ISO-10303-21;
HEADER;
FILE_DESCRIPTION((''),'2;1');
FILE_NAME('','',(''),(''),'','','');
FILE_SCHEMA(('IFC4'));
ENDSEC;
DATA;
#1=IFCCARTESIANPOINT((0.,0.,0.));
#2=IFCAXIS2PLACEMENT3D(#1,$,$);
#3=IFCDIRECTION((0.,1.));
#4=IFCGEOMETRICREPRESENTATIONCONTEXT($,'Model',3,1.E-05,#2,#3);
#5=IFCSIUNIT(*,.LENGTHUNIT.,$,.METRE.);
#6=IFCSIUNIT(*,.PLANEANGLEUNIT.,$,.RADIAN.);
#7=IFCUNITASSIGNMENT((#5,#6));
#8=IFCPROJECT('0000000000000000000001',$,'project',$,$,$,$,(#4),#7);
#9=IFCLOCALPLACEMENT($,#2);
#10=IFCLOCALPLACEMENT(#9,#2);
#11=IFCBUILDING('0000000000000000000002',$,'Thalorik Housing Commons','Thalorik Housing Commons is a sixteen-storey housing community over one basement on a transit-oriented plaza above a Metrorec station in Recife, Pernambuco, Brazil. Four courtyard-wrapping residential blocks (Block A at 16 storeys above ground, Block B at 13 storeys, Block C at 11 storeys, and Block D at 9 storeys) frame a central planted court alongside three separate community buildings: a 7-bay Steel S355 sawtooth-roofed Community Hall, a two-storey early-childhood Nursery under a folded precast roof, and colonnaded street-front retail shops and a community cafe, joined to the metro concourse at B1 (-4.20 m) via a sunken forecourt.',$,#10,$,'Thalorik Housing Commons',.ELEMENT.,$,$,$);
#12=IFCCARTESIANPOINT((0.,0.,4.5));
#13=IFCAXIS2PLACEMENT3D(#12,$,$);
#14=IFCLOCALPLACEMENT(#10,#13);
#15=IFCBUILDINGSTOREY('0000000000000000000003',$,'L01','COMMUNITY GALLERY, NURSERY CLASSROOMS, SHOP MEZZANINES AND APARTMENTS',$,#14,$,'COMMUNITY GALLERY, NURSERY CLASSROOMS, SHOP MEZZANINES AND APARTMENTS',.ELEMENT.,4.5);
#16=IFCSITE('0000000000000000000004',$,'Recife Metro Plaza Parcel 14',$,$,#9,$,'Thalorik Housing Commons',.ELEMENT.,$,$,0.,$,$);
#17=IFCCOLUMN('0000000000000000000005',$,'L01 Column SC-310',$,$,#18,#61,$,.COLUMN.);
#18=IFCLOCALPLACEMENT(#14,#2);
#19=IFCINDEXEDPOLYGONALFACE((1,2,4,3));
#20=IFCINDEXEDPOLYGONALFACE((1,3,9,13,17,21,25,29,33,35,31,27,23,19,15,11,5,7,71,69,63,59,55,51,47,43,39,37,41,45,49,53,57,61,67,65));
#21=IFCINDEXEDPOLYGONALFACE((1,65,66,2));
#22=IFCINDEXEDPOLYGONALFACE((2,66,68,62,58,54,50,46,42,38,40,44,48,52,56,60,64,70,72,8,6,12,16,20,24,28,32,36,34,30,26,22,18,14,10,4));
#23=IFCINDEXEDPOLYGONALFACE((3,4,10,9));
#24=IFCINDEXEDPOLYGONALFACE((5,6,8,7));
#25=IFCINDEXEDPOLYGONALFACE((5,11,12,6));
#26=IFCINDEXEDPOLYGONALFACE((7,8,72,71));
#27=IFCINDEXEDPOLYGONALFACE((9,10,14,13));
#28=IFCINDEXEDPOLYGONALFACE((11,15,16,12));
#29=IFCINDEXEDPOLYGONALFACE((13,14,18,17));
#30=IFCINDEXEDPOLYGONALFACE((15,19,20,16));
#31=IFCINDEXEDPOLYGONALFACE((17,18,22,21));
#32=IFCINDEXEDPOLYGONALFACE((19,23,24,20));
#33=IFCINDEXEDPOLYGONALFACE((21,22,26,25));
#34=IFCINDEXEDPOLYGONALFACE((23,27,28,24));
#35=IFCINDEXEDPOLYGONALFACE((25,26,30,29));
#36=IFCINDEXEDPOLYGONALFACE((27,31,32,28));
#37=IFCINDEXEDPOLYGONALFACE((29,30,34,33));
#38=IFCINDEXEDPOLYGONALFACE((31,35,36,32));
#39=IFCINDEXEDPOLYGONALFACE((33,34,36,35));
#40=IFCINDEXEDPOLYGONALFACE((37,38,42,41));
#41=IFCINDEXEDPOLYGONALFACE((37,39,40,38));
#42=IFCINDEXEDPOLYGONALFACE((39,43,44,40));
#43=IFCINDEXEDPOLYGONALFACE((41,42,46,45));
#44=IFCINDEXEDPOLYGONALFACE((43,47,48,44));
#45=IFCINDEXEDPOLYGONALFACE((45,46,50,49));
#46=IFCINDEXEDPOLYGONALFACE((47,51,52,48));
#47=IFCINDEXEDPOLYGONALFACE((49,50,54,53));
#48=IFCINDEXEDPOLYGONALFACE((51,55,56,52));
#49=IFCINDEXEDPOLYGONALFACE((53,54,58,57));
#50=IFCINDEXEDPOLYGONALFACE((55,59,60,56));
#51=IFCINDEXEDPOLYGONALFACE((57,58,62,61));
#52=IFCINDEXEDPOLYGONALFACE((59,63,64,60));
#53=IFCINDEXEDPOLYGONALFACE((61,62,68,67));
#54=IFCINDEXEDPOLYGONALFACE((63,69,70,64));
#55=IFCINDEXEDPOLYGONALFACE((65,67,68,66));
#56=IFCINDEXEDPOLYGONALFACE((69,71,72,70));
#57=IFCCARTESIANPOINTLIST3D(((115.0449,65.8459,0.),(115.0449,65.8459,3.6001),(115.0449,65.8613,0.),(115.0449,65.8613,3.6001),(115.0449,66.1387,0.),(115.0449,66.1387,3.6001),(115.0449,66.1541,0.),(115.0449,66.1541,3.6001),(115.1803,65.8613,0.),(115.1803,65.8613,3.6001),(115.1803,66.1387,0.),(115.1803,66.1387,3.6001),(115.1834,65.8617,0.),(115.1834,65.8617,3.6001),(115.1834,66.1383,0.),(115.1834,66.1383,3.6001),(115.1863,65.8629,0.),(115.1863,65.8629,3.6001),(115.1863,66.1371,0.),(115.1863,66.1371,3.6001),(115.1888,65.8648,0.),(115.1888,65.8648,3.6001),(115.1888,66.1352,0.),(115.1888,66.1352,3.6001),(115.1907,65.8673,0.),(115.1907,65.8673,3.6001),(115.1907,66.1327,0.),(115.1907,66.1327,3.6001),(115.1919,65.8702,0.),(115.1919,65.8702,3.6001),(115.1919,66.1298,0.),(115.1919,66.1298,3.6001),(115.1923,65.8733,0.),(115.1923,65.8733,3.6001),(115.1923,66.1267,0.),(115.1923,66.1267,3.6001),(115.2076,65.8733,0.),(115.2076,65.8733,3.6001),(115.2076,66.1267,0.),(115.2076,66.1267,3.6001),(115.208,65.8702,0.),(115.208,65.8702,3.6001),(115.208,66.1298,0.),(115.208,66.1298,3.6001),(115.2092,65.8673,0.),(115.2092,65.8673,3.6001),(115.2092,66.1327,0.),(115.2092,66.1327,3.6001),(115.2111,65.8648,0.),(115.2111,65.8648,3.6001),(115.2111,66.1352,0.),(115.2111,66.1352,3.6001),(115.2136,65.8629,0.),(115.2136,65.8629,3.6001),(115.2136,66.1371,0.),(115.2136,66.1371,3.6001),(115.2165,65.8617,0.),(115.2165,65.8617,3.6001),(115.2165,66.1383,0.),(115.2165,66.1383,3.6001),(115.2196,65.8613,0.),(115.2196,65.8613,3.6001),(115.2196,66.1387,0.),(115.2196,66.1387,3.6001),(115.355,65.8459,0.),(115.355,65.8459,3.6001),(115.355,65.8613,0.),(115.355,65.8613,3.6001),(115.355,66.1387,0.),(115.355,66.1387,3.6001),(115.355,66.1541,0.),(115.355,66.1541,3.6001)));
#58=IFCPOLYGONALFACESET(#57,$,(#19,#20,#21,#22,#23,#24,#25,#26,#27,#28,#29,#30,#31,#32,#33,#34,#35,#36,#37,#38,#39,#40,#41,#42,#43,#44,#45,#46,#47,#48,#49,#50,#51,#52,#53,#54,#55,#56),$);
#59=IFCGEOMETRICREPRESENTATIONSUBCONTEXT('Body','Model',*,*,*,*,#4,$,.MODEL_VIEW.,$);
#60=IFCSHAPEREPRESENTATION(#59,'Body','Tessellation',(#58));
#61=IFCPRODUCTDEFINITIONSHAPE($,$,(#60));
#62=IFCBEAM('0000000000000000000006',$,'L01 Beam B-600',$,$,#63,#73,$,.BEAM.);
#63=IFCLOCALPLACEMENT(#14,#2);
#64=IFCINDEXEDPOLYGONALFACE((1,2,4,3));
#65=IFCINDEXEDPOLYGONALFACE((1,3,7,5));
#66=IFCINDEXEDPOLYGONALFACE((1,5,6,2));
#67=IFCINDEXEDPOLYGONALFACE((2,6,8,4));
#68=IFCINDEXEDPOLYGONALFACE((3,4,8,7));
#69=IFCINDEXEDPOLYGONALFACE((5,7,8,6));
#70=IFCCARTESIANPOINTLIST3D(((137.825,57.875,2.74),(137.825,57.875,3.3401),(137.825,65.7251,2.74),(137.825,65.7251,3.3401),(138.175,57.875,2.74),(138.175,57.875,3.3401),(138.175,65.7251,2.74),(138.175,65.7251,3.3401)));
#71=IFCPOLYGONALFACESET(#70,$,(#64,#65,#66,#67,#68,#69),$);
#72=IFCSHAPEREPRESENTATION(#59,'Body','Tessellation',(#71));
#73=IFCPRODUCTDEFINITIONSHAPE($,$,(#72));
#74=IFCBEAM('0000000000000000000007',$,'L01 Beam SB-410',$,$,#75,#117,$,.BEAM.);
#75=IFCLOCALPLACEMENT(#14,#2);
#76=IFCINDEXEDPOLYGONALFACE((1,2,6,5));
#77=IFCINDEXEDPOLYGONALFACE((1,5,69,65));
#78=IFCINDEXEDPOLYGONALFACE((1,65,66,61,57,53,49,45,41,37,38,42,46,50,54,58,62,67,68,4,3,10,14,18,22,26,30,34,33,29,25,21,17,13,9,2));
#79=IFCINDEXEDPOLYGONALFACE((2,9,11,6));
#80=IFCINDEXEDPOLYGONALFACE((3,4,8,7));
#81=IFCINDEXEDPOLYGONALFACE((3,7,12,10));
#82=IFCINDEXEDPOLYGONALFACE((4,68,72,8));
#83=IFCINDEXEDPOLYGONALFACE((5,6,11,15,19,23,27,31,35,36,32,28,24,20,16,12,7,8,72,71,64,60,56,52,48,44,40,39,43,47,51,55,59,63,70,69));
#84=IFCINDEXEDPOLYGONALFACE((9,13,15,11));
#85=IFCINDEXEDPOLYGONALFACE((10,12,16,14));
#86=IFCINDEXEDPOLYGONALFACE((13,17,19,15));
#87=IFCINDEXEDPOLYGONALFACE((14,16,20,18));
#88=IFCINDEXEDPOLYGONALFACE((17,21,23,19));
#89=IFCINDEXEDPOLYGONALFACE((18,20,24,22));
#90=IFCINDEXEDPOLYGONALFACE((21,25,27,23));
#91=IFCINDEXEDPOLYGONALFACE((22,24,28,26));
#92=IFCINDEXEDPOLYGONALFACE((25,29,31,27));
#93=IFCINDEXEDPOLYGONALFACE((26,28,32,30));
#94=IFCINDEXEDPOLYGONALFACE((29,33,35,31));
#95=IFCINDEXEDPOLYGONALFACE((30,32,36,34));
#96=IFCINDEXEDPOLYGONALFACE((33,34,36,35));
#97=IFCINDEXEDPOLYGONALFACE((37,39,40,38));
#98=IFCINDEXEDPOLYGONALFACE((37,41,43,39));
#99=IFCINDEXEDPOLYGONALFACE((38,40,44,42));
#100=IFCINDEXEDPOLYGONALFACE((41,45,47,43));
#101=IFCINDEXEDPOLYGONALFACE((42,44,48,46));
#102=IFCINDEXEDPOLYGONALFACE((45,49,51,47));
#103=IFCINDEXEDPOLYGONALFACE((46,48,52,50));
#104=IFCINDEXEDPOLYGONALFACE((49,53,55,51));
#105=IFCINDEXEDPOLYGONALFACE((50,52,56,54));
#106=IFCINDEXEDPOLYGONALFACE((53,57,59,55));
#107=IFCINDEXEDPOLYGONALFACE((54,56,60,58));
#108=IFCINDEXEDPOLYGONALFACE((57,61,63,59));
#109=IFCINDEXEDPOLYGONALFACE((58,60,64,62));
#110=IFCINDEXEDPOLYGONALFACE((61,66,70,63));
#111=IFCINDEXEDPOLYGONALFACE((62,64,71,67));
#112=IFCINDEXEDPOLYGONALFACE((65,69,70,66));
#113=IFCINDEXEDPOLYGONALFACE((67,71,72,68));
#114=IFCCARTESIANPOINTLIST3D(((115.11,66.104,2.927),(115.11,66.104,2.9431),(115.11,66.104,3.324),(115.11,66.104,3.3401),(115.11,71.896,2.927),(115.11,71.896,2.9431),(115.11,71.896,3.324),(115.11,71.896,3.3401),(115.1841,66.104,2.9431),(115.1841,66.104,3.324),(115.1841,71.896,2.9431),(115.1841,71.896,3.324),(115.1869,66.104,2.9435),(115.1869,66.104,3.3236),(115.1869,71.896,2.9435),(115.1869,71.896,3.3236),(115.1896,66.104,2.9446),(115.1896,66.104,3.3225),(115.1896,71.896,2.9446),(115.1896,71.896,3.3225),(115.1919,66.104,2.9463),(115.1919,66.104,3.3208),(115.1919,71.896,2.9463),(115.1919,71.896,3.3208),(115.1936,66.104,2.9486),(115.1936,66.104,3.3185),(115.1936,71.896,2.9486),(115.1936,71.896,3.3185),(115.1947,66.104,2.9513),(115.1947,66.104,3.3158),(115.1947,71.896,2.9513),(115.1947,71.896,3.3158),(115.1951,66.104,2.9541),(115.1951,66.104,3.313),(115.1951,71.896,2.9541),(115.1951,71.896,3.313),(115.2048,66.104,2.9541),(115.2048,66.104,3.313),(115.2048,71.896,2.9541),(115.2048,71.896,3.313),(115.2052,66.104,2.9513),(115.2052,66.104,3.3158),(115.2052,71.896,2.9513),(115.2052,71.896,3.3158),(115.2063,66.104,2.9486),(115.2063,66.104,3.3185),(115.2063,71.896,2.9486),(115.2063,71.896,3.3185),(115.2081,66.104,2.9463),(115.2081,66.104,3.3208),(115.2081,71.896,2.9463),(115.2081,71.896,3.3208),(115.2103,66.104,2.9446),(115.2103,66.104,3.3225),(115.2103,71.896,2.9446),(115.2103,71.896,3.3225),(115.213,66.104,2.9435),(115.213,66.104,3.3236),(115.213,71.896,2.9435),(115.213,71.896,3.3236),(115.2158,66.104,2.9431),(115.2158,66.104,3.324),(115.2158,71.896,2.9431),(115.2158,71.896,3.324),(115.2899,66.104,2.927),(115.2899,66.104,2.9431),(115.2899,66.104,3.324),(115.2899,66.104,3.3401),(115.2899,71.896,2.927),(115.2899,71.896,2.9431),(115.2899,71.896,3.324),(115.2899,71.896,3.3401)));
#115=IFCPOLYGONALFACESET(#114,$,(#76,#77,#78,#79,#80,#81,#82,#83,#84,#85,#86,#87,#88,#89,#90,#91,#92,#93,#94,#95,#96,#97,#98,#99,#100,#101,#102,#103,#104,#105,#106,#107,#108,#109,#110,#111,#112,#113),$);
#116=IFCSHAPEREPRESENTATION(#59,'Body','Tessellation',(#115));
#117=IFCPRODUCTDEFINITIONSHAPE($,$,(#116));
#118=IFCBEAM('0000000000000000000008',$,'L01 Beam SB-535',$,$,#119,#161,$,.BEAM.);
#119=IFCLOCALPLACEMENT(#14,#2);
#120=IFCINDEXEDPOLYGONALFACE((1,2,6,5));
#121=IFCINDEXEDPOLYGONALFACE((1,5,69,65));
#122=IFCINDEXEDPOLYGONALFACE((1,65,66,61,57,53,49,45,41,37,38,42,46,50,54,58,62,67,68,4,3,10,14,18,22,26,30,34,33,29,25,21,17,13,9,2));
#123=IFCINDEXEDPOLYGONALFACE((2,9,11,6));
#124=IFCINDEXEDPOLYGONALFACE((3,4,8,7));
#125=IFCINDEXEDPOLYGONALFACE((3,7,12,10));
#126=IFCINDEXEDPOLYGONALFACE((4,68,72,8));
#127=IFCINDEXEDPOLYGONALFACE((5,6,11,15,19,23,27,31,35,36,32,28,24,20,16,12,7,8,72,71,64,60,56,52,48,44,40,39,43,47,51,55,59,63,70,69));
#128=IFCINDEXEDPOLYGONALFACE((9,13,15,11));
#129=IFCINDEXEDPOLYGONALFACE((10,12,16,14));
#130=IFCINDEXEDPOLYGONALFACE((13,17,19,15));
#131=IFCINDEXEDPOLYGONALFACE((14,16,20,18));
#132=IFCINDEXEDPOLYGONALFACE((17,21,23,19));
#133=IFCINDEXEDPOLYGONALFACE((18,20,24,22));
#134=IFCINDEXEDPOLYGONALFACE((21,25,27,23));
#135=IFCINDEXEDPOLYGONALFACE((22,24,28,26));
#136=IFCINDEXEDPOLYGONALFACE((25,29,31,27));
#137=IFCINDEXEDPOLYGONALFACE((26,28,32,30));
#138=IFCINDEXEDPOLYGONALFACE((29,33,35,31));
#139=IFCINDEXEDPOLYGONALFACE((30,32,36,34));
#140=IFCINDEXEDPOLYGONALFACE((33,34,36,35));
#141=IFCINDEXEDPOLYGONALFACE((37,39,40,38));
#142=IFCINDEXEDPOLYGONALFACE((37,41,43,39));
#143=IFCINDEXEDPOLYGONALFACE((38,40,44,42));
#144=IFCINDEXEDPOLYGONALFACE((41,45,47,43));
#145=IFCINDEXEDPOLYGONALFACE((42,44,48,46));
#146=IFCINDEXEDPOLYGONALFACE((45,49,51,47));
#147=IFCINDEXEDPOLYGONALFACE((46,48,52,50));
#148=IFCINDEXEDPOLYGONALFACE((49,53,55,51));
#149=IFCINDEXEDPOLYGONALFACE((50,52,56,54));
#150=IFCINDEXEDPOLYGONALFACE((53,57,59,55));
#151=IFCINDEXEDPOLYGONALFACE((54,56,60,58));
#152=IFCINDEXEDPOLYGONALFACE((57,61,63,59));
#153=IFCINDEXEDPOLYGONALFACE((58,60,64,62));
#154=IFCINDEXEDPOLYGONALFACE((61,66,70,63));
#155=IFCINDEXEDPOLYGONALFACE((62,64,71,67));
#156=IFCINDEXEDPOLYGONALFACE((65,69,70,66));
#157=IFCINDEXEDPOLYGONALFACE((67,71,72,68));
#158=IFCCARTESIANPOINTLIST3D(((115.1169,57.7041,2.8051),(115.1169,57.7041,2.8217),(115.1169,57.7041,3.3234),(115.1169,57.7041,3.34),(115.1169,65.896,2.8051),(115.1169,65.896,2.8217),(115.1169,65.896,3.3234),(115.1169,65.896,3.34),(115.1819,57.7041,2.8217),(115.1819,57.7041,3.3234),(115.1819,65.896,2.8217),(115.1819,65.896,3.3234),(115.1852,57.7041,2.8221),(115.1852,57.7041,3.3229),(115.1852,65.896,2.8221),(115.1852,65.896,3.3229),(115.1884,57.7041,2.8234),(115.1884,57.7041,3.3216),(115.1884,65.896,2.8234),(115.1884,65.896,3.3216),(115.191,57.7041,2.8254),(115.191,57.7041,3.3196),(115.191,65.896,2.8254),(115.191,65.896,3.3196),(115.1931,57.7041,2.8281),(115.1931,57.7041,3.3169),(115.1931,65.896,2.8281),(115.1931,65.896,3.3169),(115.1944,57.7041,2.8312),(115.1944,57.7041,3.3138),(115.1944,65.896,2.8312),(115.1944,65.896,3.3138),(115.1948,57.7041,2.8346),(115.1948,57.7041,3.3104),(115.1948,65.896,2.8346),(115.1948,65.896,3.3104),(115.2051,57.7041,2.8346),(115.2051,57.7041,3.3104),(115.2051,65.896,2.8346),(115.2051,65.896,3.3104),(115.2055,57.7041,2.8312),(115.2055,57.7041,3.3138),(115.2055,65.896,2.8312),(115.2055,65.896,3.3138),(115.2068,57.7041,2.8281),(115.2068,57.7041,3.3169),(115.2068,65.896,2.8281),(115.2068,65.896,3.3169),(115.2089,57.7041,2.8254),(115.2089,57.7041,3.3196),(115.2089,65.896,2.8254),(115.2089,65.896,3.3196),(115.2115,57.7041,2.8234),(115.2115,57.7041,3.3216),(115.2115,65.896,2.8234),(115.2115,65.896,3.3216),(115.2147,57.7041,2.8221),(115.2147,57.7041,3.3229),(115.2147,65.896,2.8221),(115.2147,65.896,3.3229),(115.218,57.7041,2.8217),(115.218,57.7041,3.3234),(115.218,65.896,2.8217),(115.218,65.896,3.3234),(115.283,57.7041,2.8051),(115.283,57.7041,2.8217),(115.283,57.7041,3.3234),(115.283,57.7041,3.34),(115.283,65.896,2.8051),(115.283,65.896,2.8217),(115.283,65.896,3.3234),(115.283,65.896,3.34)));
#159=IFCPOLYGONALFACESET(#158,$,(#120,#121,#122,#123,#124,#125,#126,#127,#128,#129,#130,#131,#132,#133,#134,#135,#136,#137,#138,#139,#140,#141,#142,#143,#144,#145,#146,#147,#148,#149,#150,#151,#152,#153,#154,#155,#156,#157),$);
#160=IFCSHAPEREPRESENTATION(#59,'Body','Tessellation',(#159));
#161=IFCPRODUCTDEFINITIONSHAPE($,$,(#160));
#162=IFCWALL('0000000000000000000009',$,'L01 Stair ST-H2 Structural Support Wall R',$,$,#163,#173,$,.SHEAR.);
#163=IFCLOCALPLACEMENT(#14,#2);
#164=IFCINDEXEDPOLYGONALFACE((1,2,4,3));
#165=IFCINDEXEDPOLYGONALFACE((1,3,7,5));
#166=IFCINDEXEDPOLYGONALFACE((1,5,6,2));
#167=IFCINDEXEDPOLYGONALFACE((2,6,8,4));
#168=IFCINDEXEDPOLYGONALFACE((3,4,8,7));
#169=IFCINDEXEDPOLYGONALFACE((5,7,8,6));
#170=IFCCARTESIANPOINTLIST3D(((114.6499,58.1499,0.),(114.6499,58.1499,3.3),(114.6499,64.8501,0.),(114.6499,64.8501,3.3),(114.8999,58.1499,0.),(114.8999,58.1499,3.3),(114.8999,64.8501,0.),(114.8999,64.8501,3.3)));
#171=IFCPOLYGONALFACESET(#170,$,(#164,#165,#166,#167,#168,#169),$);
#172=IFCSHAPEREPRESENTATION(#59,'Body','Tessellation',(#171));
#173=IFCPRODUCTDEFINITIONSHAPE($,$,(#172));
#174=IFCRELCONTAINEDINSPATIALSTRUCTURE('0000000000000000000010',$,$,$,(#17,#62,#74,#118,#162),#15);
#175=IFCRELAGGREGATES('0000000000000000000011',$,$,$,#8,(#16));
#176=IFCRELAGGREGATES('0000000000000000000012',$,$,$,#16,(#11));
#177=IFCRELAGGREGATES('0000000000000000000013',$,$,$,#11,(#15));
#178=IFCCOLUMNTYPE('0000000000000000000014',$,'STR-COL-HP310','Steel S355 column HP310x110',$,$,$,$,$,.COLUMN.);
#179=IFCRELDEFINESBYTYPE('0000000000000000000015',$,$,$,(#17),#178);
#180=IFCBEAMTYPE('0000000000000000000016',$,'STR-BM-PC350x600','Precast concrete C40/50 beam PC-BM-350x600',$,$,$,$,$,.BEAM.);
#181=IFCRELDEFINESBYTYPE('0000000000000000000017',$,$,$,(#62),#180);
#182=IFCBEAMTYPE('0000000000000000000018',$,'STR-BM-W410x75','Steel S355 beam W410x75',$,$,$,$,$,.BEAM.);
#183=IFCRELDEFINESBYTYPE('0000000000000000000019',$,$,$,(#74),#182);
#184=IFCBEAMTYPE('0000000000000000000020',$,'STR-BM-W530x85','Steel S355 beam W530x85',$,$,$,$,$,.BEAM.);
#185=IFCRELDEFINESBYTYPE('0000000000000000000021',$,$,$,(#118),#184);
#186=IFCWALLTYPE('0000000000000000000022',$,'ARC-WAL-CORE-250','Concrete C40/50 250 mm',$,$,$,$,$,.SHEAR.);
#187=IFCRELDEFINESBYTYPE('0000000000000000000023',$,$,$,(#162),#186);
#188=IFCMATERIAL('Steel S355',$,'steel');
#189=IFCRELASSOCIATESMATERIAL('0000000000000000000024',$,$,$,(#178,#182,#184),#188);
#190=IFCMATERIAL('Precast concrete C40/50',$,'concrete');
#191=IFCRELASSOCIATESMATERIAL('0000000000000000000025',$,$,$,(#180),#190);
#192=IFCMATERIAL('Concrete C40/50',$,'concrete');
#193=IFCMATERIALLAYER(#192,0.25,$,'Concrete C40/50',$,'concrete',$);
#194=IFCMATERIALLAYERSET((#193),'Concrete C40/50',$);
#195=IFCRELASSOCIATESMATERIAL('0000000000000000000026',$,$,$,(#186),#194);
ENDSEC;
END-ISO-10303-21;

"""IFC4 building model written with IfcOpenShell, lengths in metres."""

from ifc_helpers import new_model, si_unit, direction, frame, frame_2d, origin, origin_2d, place, context, subcontext, project, spatial, rectangle, i_section, extrude, material, layer, layer_set, material_profile, profile_set, type_object, element, save


model = new_model("IFC4")

# Units and contexts
model_context = context("Model", 3, precision=1e-05, world=origin(), true_north=direction((0.0, 1.0)))
body_context = subcontext(model_context, "Body", "Model", "MODEL_VIEW")
ifc_project = project(units=[si_unit("LENGTHUNIT", "METRE"), si_unit("PLANEANGLEUNIT", "RADIAN")], contexts=[model_context])

# Site, building, storey
site_placement = place(None, origin())
site = spatial("IfcSite", under=ifc_project, at=site_placement, Name="Recife Metro Plaza Parcel 14", LongName="Thalorik Housing Commons", CompositionType="ELEMENT", RefElevation=0.0)
building_placement = place(site_placement, origin())
building = spatial("IfcBuilding", under=site, at=building_placement, Name="Thalorik Housing Commons", Description="Thalorik Housing Commons is a sixteen-storey housing community over one basement on a transit-oriented plaza above a Metrorec station in Recife, Pernambuco, Brazil. Four courtyard-wrapping residential blocks (Block A at 16 storeys above ground, Block B at 13 storeys, Block C at 11 storeys, and Block D at 9 storeys) frame a central planted court alongside three separate community buildings: a 7-bay Steel S355 sawtooth-roofed Community Hall, a two-storey early-childhood Nursery under a folded precast roof, and colonnaded street-front retail shops and a community cafe, joined to the metro concourse at B1 (-4.20 m) via a sunken forecourt.", LongName="Thalorik Housing Commons", CompositionType="ELEMENT")
storey_placement = place(building_placement, frame((0.0, 0.0, 4.5)))
storey = spatial("IfcBuildingStorey", under=building, at=storey_placement, Name="L01", Description="COMMUNITY GALLERY, NURSERY CLASSROOMS, SHOP MEZZANINES AND APARTMENTS", LongName="COMMUNITY GALLERY, NURSERY CLASSROOMS, SHOP MEZZANINES AND APARTMENTS", CompositionType="ELEMENT", Elevation=4.5)

# Column
ifc_material_1 = material(Name="Steel S355", Category="steel")
ifc_material_profile_1 = material_profile(ifc_material_1, i_section(OverallWidth=0.3101, OverallDepth=0.3081, WebThickness=0.0154, FlangeThickness=0.0154, FilletRadius=0.012, at=origin_2d()), Name="HP310x110", Category="steel")
ifc_profile_set_1 = profile_set([ifc_material_profile_1], Name="Steel S355")
column_type = type_object("IfcColumnType", Name="STR-COL-HP310", Description="Steel S355 column HP310x110", PredefinedType="COLUMN", material=ifc_profile_set_1)
column_placement = place(storey_placement, frame((115.2, 66.0, 0.0), z_axis=(0.0, 0.0, 1.0), x_axis=(1.0, 0.0, 0.0)))
element("IfcColumn", 1, at=column_placement, inside=storey, type_object=column_type, Name="L01 Column SC-310", PredefinedType="COLUMN", context=body_context, shape_type="SweptSolid", body=[
    extrude(i_section(OverallWidth=0.3101, OverallDepth=0.3081, WebThickness=0.0154, FlangeThickness=0.0154, FilletRadius=0.012, at=origin_2d()), origin(), (0.0, 0.0, 1.0), 3.6001),
])

# Beams
ifc_material_2 = material(Name="Precast concrete C40/50", Category="concrete")
ifc_material_profile_2 = material_profile(ifc_material_2, rectangle(XDim=0.3501, YDim=0.6001, at=origin_2d()), Name="PC 350x600", Category="concrete")
ifc_profile_set_2 = profile_set([ifc_material_profile_2], Name="Precast concrete C40/50")
beam_type_1 = type_object("IfcBeamType", Name="STR-BM-PC350x600", Description="Precast concrete C40/50 beam PC-BM-350x600", PredefinedType="BEAM", material=ifc_profile_set_2)
beam_1_placement = place(storey_placement, frame((138.0, 57.875, 3.04), z_axis=(0.0, 1.0, 0.0), x_axis=(-1.0, 0.0, 0.0)))
element("IfcBeam", 2, at=beam_1_placement, inside=storey, type_object=beam_type_1, Name="L01 Beam B-600", PredefinedType="BEAM", context=body_context, shape_type="SweptSolid", body=[
    extrude(rectangle(XDim=0.3501, YDim=0.6001, at=origin_2d()), origin(), (0.0, 0.0, 1.0), 7.8501),
])
ifc_material_profile_3 = material_profile(ifc_material_1, i_section(OverallWidth=0.1799, OverallDepth=0.4131, WebThickness=0.0098, FlangeThickness=0.0161, FilletRadius=0.011, at=origin_2d()), Name="W410x75", Category="steel")
ifc_profile_set_3 = profile_set([ifc_material_profile_3], Name="Steel S355")
beam_type_2 = type_object("IfcBeamType", Name="STR-BM-W410x75", Description="Steel S355 beam W410x75", PredefinedType="BEAM", material=ifc_profile_set_3)
beam_2_placement = place(storey_placement, frame((115.2, 66.104, 3.1335), z_axis=(0.0, 1.0, 0.0), x_axis=(-1.0, 0.0, 0.0)))
element("IfcBeam", 3, at=beam_2_placement, inside=storey, type_object=beam_type_2, Name="L01 Beam SB-410", PredefinedType="BEAM", context=body_context, shape_type="SweptSolid", body=[
    extrude(i_section(OverallWidth=0.1799, OverallDepth=0.4131, WebThickness=0.0098, FlangeThickness=0.0161, FilletRadius=0.011, at=origin_2d()), origin(), (0.0, 0.0, 1.0), 5.792),
])
ifc_material_profile_4 = material_profile(ifc_material_1, i_section(OverallWidth=0.166, OverallDepth=0.5349, WebThickness=0.0103, FlangeThickness=0.0166, FilletRadius=0.0129, at=origin_2d()), Name="W530x85", Category="steel")
ifc_profile_set_4 = profile_set([ifc_material_profile_4], Name="Steel S355")
beam_type_3 = type_object("IfcBeamType", Name="STR-BM-W530x85", Description="Steel S355 beam W530x85", PredefinedType="BEAM", material=ifc_profile_set_4)
beam_3_placement = place(storey_placement, frame((115.2, 57.7041, 3.0725), z_axis=(0.0, 1.0, 0.0), x_axis=(-1.0, 0.0, 0.0)))
element("IfcBeam", 4, at=beam_3_placement, inside=storey, type_object=beam_type_3, Name="L01 Beam SB-535", PredefinedType="BEAM", context=body_context, shape_type="SweptSolid", body=[
    extrude(i_section(OverallWidth=0.166, OverallDepth=0.5349, WebThickness=0.0103, FlangeThickness=0.0166, FilletRadius=0.0129, at=origin_2d()), origin(), (0.0, 0.0, 1.0), 8.1919),
])

# Wall
ifc_material_3 = material(Name="Concrete C40/50", Category="concrete")
ifc_layer_1 = layer(ifc_material_3, 0.25, Name="Concrete C40/50", Category="concrete")
ifc_layer_set_1 = layer_set([ifc_layer_1], Name="Concrete C40/50")
wall_type_1 = type_object("IfcWallType", Name="ARC-WAL-CORE-250", Description="Concrete C40/50 250 mm", PredefinedType="SHEAR", material=ifc_layer_set_1)
wall_1_placement = place(storey_placement, frame((114.7749, 64.8501, 0.0), z_axis=(0.0, 0.0, 1.0), x_axis=(0.0, -1.0, 0.0)))
element("IfcWall", 5, at=wall_1_placement, inside=storey, type_object=wall_type_1, Name="L01 Stair ST-H2 Structural Support Wall R", PredefinedType="SHEAR", context=body_context, shape_type="SweptSolid", body=[
    extrude(rectangle(XDim=6.7002, YDim=0.25, at=frame_2d((3.3501, 0.0))), origin(), (0.0, 0.0, 1.0), 3.3),
])

save(model, "model.ifc")
